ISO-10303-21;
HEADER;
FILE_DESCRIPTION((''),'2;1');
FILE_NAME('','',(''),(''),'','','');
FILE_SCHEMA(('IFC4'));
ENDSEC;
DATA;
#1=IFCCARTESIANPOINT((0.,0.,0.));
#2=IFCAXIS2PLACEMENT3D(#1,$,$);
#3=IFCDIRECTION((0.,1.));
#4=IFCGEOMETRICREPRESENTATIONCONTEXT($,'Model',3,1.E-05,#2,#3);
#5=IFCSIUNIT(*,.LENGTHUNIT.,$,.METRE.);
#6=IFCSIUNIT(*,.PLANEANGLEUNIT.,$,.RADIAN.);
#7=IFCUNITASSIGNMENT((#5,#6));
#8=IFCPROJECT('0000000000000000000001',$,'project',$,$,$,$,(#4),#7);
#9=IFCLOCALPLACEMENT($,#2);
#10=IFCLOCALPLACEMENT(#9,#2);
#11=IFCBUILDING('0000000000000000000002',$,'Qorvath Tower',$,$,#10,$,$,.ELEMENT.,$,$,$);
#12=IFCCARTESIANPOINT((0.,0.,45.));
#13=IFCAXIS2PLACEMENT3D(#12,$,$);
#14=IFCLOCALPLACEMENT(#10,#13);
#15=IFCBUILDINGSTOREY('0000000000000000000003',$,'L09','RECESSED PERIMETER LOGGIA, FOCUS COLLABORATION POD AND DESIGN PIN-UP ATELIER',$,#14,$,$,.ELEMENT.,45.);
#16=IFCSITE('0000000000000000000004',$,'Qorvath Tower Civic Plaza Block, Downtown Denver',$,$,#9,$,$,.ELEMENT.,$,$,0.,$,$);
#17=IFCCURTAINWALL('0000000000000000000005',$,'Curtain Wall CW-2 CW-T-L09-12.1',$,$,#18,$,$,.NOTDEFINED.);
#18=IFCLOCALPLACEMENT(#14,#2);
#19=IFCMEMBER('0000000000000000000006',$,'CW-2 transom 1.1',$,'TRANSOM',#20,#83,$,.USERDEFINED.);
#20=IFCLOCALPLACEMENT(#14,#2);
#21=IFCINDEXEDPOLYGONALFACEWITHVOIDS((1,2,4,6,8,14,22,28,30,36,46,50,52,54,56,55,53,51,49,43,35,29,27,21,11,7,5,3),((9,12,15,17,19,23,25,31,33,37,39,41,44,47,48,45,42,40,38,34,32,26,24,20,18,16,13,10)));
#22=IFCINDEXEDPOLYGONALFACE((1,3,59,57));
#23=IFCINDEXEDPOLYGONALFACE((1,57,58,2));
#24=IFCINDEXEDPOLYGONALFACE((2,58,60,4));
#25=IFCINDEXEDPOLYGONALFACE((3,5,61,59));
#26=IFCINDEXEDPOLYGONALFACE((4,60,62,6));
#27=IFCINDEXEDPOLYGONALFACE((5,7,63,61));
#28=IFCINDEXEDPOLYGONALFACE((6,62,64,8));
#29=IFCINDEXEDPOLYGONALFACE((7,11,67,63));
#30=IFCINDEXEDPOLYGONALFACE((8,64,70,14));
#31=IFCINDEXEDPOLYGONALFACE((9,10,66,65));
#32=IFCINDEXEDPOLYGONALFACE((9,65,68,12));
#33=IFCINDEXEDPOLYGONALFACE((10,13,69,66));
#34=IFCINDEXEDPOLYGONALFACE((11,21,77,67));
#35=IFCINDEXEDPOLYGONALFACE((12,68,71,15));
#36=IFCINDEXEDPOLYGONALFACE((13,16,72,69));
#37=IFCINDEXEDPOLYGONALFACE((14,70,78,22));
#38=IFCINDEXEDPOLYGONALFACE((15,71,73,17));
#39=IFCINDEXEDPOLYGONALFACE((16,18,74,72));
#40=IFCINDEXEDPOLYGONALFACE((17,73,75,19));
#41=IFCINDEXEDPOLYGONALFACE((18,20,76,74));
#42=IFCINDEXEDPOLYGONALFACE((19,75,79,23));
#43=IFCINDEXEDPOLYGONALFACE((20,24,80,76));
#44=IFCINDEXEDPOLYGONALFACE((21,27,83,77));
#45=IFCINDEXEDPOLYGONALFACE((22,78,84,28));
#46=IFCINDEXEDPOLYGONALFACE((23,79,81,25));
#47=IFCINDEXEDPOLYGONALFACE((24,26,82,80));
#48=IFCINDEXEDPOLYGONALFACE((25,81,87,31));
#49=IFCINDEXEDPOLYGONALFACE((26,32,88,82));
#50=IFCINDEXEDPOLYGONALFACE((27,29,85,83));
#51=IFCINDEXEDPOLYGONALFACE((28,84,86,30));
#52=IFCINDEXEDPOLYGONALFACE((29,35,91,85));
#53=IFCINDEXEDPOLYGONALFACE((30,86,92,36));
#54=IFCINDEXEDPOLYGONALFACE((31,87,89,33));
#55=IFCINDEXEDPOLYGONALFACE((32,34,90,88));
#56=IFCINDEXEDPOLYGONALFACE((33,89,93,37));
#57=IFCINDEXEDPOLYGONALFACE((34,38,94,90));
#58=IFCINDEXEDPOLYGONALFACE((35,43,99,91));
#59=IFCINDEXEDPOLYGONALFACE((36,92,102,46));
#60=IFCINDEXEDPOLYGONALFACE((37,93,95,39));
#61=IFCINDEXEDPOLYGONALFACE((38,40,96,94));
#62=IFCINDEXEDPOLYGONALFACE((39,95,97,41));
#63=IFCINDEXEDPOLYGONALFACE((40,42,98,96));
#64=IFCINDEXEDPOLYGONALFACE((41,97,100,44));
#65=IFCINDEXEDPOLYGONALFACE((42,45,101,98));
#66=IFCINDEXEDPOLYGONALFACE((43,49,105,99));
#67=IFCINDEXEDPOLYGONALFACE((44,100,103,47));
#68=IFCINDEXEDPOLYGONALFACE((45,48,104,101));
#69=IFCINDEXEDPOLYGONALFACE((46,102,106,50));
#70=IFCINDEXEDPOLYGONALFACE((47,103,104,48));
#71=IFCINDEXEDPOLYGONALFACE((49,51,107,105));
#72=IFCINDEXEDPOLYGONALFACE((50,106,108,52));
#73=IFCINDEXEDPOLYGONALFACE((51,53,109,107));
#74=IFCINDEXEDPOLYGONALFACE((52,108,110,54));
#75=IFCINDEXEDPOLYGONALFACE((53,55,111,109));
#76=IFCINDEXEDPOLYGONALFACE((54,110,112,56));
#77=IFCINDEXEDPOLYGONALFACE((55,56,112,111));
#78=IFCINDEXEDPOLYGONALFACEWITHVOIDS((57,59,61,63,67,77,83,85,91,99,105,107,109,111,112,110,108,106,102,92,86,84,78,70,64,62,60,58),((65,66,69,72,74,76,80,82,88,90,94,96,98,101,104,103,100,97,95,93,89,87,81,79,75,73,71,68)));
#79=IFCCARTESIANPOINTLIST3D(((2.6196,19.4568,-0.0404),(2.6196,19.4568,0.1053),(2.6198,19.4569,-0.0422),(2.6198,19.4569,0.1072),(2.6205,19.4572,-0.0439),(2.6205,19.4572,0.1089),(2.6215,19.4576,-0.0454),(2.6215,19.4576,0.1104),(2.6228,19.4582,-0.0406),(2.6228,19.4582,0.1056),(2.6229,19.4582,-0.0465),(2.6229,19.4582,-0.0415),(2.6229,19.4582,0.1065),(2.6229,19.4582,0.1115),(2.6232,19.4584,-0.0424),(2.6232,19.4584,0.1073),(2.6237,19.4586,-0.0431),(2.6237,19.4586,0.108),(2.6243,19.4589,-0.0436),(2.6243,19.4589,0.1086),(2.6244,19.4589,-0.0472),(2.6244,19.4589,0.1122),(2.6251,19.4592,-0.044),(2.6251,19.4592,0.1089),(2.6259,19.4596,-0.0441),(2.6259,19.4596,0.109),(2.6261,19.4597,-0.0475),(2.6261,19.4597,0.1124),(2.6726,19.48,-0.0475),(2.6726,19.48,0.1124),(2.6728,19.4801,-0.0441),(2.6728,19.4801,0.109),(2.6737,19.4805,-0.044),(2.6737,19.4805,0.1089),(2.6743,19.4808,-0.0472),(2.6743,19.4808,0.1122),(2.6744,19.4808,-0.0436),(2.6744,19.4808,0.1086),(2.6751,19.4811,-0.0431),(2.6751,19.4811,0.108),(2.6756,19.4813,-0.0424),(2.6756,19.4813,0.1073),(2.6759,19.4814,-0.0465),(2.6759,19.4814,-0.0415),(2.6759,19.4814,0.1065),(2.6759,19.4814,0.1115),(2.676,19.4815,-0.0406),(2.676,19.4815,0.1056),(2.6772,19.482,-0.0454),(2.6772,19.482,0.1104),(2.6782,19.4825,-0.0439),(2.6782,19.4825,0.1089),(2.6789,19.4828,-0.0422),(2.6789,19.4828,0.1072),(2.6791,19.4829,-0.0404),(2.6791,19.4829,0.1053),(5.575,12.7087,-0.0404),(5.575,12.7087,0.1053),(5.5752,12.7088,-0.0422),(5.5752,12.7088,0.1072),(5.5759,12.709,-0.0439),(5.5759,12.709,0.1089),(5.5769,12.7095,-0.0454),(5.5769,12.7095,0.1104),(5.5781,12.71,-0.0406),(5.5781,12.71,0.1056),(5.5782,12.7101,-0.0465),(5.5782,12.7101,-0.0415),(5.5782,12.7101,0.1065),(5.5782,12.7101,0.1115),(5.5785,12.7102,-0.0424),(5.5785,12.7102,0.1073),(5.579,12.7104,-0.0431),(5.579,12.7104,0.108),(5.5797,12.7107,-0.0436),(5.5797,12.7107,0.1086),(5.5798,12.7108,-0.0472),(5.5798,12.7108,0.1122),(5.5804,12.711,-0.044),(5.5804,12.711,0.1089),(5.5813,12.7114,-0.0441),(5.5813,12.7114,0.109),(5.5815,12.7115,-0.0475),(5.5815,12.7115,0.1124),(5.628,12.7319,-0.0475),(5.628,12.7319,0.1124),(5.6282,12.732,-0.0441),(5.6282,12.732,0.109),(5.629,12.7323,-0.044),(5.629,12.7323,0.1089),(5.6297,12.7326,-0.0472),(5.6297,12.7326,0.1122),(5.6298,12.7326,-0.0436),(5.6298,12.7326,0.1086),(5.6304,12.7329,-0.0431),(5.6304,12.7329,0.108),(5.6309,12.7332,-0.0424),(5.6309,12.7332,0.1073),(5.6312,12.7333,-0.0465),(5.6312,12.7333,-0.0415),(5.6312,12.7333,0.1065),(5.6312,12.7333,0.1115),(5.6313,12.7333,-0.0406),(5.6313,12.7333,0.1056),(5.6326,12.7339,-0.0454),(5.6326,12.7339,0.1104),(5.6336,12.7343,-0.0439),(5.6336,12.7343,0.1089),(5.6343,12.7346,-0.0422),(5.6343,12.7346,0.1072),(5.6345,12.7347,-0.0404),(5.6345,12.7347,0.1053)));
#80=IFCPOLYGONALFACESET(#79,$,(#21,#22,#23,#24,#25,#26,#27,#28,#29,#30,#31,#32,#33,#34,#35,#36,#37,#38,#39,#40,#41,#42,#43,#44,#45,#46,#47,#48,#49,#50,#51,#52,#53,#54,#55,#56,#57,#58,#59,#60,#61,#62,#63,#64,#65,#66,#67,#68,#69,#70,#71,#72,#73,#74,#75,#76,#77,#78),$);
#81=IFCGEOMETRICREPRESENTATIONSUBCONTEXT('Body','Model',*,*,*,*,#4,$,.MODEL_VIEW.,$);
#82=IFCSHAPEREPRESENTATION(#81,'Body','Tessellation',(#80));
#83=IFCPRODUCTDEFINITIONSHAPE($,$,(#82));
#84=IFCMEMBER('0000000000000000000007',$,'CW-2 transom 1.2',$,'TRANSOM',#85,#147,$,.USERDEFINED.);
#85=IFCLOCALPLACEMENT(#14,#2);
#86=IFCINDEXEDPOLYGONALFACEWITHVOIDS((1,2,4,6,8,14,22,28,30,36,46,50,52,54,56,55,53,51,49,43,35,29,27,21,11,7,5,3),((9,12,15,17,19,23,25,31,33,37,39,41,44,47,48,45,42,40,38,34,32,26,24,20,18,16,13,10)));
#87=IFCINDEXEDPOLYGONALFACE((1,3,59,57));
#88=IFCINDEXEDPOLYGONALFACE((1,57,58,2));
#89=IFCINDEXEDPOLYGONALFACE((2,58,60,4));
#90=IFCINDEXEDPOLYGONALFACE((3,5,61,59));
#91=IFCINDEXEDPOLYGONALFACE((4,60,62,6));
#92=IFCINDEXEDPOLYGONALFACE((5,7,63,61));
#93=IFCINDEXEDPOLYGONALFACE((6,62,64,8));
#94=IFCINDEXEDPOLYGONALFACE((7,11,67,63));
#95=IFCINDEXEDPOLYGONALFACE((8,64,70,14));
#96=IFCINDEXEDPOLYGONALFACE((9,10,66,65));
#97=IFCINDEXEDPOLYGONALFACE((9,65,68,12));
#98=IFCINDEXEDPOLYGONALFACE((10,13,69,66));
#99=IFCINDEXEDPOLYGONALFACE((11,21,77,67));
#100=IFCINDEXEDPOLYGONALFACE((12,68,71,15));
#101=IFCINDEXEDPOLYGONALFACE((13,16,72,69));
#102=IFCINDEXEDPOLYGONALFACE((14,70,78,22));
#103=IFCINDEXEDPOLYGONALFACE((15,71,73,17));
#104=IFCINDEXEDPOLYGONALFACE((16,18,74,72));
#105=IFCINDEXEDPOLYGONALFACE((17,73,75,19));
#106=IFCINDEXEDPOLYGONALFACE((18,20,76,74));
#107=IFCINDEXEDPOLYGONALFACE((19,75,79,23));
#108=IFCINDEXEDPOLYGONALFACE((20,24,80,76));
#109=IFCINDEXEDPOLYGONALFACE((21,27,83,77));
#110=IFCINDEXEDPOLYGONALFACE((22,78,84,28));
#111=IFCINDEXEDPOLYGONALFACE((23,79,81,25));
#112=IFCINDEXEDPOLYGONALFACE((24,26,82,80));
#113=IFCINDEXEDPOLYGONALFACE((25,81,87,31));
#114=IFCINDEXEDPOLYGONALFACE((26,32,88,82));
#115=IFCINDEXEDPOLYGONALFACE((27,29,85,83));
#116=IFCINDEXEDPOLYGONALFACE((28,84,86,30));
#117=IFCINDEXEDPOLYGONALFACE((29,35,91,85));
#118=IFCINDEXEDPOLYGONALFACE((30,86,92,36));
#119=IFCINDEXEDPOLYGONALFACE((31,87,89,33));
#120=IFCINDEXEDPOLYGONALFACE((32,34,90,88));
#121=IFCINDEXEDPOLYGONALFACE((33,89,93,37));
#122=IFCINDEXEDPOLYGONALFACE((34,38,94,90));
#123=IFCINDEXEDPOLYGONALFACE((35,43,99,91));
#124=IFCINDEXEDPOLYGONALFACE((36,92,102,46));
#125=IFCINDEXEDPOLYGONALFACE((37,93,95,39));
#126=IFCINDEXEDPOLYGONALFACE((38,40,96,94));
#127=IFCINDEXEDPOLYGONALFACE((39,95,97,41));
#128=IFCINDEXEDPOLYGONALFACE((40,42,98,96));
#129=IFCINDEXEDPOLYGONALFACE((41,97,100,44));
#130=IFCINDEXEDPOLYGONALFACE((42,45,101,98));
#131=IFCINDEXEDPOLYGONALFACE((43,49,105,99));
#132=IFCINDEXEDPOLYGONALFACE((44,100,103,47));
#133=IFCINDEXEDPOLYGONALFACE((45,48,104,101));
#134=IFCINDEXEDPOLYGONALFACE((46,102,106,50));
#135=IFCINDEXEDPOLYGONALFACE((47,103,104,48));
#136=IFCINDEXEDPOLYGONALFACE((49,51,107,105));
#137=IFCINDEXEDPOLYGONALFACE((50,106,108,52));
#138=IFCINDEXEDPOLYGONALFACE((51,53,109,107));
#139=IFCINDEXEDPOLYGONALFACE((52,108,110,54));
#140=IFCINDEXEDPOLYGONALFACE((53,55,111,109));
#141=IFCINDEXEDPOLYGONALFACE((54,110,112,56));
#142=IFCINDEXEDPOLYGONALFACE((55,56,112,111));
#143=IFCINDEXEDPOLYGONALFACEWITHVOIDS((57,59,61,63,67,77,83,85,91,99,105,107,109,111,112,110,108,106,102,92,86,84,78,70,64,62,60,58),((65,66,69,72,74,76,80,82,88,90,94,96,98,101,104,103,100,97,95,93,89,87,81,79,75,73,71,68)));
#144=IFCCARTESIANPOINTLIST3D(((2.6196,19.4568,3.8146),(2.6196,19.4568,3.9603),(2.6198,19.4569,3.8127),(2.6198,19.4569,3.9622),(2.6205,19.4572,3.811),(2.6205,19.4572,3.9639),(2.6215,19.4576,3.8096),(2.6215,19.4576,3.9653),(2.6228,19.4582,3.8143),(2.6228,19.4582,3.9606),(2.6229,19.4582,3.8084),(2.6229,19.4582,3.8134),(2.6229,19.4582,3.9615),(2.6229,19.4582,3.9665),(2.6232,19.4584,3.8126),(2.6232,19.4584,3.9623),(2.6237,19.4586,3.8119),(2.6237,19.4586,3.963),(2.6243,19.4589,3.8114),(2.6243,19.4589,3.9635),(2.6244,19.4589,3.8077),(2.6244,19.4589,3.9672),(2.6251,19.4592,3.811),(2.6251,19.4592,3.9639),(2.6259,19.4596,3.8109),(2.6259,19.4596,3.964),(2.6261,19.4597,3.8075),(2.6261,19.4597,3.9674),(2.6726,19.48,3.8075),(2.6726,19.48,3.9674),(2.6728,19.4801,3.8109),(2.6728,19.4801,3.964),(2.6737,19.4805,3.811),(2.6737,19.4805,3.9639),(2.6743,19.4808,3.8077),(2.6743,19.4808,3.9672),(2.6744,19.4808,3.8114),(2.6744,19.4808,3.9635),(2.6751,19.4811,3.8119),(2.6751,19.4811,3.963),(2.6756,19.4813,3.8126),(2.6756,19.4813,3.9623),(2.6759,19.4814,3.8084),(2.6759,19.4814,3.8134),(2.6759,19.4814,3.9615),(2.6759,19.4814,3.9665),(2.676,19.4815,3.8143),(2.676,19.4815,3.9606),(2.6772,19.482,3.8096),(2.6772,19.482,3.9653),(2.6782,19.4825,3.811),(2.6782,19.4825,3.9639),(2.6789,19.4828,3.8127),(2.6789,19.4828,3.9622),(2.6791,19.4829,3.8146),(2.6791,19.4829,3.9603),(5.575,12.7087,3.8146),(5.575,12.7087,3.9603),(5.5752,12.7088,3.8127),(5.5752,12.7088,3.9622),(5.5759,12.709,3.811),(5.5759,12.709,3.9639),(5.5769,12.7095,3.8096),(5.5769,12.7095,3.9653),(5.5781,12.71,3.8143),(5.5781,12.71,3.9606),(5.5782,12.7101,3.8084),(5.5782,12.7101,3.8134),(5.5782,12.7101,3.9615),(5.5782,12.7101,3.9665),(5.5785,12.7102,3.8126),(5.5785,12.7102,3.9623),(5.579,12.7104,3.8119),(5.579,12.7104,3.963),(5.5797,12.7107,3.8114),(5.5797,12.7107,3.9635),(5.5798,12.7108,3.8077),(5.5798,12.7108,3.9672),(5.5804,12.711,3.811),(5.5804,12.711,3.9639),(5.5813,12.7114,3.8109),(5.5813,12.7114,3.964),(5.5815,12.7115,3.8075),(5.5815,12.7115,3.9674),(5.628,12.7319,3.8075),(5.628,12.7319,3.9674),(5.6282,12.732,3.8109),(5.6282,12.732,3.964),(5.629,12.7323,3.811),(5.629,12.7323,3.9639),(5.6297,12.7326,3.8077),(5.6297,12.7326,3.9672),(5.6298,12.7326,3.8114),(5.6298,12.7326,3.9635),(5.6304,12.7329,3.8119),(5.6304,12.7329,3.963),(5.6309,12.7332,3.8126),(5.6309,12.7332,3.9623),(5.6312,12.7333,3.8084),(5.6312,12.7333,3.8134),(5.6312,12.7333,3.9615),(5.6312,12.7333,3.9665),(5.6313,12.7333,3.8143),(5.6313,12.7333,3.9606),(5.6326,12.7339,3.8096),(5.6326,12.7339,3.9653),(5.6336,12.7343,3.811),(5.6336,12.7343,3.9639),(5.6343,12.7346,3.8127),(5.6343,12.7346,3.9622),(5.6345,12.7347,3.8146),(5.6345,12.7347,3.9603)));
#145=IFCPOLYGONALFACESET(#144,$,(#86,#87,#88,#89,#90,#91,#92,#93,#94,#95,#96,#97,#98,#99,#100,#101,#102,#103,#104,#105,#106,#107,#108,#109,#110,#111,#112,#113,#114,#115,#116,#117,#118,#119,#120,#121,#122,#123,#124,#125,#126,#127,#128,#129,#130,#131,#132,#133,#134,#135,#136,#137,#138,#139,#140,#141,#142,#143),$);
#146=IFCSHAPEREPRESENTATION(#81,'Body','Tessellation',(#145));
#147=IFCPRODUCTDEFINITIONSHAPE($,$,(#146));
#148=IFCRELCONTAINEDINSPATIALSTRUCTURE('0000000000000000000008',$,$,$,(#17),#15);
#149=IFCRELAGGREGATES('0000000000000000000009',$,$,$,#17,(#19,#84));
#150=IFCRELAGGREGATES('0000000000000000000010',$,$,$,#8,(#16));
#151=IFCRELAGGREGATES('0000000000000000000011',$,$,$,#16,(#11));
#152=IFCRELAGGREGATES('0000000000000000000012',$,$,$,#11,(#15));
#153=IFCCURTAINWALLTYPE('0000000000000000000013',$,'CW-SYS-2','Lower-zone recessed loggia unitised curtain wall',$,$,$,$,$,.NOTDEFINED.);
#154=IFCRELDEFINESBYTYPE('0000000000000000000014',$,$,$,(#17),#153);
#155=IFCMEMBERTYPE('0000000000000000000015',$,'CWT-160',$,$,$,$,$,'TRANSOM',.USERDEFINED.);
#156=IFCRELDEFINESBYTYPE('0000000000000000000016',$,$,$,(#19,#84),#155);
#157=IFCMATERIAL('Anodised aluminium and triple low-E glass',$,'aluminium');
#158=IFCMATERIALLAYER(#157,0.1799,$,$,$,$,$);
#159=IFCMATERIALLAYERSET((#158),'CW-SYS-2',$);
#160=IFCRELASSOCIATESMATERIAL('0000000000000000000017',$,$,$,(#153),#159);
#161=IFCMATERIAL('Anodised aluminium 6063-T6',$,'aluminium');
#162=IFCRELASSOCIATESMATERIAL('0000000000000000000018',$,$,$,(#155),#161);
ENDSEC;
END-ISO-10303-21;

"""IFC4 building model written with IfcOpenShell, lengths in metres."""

from ifc_helpers import new_model, si_unit, direction, frame, origin, origin_2d, place, context, subcontext, project, spatial, hollow_rectangle, extrude, material, layer, layer_set, material_profile, profile_set, type_object, element, aggregate, save


model = new_model("IFC4")

# Units and contexts
model_context = context("Model", 3, precision=1e-05, world=origin(), true_north=direction((0.0, 1.0)))
body_context = subcontext(model_context, "Body", "Model", "MODEL_VIEW")
ifc_project = project(units=[si_unit("LENGTHUNIT", "METRE"), si_unit("PLANEANGLEUNIT", "RADIAN")], contexts=[model_context])

# Site, building, storey
site_placement = place(None, origin())
site = spatial("IfcSite", under=ifc_project, at=site_placement, Name="Qorvath Tower Civic Plaza Block, Downtown Denver", CompositionType="ELEMENT", RefElevation=0.0)
building_placement = place(site_placement, origin())
building = spatial("IfcBuilding", under=site, at=building_placement, Name="Qorvath Tower", CompositionType="ELEMENT")
storey_placement = place(building_placement, frame((0.0, 0.0, 45.0)))
storey = spatial("IfcBuildingStorey", under=building, at=storey_placement, Name="L09", Description="RECESSED PERIMETER LOGGIA, FOCUS COLLABORATION POD AND DESIGN PIN-UP ATELIER", CompositionType="ELEMENT", Elevation=45.0)

# Shared definitions
ifc_material_1 = material(Name="Anodised aluminium and triple low-E glass", Category="aluminium")
ifc_layer_1 = layer(ifc_material_1, 0.1799)
ifc_layer_set_1 = layer_set([ifc_layer_1], Name="CW-SYS-2")
curtain_wall_type = type_object("IfcCurtainWallType", Name="CW-SYS-2", Description="Lower-zone recessed loggia unitised curtain wall", PredefinedType="NOTDEFINED", material=ifc_layer_set_1)

# Curtain wall
curtain_wall_1_placement = place(storey_placement, origin())
curtain_wall_1 = element("IfcCurtainWall", 1, at=curtain_wall_1_placement, inside=storey, type_object=curtain_wall_type, Name="Curtain Wall CW-2 CW-T-L09-12.1", PredefinedType="NOTDEFINED")

# Members
ifc_material_2 = material(Name="Anodised aluminium 6063-T6", Category="aluminium")
ifc_material_profile_1 = material_profile(ifc_material_2, hollow_rectangle(XDim=0.0649, YDim=0.1599, WallThickness=0.0034, InnerFilletRadius=0.0034, OuterFilletRadius=0.0071, at=origin_2d()), Name="CWT 160x65")
ifc_profile_set_1 = profile_set([ifc_material_profile_1], Name="Anodised aluminium 6063-T6")
member_type_1 = type_object("IfcMemberType", Name="CWT-160", ElementType="TRANSOM", PredefinedType="USERDEFINED", material=ifc_profile_set_1)
member_1_placement = place(storey_placement, frame((5.6047, 12.7217, 0.0325), z_axis=(-0.401167, 0.916005, 0.0), x_axis=(-0.916005, -0.401167, 0.0)))
member_1 = element("IfcMember", 2, at=member_1_placement, type_object=member_type_1, Name="CW-2 transom 1.1", ObjectType="TRANSOM", PredefinedType="USERDEFINED", context=body_context, shape_type="SweptSolid", body=[
    extrude(hollow_rectangle(XDim=0.0649, YDim=0.1599, WallThickness=0.0034, InnerFilletRadius=0.0034, OuterFilletRadius=0.0071, at=origin_2d()), origin(), (0.0, 0.0, 1.0), 7.3669),
])
member_2_placement = place(storey_placement, frame((5.6047, 12.7217, 3.8875), z_axis=(-0.401167, 0.916005, 0.0), x_axis=(-0.916005, -0.401167, 0.0)))
member_2 = element("IfcMember", 3, at=member_2_placement, type_object=member_type_1, Name="CW-2 transom 1.2", ObjectType="TRANSOM", PredefinedType="USERDEFINED", context=body_context, shape_type="SweptSolid", body=[
    extrude(hollow_rectangle(XDim=0.0649, YDim=0.1599, WallThickness=0.0034, InnerFilletRadius=0.0034, OuterFilletRadius=0.0071, at=origin_2d()), origin(), (0.0, 0.0, 1.0), 7.3669),
])

aggregate(curtain_wall_1, [member_1, member_2])

save(model, "model.ifc")
